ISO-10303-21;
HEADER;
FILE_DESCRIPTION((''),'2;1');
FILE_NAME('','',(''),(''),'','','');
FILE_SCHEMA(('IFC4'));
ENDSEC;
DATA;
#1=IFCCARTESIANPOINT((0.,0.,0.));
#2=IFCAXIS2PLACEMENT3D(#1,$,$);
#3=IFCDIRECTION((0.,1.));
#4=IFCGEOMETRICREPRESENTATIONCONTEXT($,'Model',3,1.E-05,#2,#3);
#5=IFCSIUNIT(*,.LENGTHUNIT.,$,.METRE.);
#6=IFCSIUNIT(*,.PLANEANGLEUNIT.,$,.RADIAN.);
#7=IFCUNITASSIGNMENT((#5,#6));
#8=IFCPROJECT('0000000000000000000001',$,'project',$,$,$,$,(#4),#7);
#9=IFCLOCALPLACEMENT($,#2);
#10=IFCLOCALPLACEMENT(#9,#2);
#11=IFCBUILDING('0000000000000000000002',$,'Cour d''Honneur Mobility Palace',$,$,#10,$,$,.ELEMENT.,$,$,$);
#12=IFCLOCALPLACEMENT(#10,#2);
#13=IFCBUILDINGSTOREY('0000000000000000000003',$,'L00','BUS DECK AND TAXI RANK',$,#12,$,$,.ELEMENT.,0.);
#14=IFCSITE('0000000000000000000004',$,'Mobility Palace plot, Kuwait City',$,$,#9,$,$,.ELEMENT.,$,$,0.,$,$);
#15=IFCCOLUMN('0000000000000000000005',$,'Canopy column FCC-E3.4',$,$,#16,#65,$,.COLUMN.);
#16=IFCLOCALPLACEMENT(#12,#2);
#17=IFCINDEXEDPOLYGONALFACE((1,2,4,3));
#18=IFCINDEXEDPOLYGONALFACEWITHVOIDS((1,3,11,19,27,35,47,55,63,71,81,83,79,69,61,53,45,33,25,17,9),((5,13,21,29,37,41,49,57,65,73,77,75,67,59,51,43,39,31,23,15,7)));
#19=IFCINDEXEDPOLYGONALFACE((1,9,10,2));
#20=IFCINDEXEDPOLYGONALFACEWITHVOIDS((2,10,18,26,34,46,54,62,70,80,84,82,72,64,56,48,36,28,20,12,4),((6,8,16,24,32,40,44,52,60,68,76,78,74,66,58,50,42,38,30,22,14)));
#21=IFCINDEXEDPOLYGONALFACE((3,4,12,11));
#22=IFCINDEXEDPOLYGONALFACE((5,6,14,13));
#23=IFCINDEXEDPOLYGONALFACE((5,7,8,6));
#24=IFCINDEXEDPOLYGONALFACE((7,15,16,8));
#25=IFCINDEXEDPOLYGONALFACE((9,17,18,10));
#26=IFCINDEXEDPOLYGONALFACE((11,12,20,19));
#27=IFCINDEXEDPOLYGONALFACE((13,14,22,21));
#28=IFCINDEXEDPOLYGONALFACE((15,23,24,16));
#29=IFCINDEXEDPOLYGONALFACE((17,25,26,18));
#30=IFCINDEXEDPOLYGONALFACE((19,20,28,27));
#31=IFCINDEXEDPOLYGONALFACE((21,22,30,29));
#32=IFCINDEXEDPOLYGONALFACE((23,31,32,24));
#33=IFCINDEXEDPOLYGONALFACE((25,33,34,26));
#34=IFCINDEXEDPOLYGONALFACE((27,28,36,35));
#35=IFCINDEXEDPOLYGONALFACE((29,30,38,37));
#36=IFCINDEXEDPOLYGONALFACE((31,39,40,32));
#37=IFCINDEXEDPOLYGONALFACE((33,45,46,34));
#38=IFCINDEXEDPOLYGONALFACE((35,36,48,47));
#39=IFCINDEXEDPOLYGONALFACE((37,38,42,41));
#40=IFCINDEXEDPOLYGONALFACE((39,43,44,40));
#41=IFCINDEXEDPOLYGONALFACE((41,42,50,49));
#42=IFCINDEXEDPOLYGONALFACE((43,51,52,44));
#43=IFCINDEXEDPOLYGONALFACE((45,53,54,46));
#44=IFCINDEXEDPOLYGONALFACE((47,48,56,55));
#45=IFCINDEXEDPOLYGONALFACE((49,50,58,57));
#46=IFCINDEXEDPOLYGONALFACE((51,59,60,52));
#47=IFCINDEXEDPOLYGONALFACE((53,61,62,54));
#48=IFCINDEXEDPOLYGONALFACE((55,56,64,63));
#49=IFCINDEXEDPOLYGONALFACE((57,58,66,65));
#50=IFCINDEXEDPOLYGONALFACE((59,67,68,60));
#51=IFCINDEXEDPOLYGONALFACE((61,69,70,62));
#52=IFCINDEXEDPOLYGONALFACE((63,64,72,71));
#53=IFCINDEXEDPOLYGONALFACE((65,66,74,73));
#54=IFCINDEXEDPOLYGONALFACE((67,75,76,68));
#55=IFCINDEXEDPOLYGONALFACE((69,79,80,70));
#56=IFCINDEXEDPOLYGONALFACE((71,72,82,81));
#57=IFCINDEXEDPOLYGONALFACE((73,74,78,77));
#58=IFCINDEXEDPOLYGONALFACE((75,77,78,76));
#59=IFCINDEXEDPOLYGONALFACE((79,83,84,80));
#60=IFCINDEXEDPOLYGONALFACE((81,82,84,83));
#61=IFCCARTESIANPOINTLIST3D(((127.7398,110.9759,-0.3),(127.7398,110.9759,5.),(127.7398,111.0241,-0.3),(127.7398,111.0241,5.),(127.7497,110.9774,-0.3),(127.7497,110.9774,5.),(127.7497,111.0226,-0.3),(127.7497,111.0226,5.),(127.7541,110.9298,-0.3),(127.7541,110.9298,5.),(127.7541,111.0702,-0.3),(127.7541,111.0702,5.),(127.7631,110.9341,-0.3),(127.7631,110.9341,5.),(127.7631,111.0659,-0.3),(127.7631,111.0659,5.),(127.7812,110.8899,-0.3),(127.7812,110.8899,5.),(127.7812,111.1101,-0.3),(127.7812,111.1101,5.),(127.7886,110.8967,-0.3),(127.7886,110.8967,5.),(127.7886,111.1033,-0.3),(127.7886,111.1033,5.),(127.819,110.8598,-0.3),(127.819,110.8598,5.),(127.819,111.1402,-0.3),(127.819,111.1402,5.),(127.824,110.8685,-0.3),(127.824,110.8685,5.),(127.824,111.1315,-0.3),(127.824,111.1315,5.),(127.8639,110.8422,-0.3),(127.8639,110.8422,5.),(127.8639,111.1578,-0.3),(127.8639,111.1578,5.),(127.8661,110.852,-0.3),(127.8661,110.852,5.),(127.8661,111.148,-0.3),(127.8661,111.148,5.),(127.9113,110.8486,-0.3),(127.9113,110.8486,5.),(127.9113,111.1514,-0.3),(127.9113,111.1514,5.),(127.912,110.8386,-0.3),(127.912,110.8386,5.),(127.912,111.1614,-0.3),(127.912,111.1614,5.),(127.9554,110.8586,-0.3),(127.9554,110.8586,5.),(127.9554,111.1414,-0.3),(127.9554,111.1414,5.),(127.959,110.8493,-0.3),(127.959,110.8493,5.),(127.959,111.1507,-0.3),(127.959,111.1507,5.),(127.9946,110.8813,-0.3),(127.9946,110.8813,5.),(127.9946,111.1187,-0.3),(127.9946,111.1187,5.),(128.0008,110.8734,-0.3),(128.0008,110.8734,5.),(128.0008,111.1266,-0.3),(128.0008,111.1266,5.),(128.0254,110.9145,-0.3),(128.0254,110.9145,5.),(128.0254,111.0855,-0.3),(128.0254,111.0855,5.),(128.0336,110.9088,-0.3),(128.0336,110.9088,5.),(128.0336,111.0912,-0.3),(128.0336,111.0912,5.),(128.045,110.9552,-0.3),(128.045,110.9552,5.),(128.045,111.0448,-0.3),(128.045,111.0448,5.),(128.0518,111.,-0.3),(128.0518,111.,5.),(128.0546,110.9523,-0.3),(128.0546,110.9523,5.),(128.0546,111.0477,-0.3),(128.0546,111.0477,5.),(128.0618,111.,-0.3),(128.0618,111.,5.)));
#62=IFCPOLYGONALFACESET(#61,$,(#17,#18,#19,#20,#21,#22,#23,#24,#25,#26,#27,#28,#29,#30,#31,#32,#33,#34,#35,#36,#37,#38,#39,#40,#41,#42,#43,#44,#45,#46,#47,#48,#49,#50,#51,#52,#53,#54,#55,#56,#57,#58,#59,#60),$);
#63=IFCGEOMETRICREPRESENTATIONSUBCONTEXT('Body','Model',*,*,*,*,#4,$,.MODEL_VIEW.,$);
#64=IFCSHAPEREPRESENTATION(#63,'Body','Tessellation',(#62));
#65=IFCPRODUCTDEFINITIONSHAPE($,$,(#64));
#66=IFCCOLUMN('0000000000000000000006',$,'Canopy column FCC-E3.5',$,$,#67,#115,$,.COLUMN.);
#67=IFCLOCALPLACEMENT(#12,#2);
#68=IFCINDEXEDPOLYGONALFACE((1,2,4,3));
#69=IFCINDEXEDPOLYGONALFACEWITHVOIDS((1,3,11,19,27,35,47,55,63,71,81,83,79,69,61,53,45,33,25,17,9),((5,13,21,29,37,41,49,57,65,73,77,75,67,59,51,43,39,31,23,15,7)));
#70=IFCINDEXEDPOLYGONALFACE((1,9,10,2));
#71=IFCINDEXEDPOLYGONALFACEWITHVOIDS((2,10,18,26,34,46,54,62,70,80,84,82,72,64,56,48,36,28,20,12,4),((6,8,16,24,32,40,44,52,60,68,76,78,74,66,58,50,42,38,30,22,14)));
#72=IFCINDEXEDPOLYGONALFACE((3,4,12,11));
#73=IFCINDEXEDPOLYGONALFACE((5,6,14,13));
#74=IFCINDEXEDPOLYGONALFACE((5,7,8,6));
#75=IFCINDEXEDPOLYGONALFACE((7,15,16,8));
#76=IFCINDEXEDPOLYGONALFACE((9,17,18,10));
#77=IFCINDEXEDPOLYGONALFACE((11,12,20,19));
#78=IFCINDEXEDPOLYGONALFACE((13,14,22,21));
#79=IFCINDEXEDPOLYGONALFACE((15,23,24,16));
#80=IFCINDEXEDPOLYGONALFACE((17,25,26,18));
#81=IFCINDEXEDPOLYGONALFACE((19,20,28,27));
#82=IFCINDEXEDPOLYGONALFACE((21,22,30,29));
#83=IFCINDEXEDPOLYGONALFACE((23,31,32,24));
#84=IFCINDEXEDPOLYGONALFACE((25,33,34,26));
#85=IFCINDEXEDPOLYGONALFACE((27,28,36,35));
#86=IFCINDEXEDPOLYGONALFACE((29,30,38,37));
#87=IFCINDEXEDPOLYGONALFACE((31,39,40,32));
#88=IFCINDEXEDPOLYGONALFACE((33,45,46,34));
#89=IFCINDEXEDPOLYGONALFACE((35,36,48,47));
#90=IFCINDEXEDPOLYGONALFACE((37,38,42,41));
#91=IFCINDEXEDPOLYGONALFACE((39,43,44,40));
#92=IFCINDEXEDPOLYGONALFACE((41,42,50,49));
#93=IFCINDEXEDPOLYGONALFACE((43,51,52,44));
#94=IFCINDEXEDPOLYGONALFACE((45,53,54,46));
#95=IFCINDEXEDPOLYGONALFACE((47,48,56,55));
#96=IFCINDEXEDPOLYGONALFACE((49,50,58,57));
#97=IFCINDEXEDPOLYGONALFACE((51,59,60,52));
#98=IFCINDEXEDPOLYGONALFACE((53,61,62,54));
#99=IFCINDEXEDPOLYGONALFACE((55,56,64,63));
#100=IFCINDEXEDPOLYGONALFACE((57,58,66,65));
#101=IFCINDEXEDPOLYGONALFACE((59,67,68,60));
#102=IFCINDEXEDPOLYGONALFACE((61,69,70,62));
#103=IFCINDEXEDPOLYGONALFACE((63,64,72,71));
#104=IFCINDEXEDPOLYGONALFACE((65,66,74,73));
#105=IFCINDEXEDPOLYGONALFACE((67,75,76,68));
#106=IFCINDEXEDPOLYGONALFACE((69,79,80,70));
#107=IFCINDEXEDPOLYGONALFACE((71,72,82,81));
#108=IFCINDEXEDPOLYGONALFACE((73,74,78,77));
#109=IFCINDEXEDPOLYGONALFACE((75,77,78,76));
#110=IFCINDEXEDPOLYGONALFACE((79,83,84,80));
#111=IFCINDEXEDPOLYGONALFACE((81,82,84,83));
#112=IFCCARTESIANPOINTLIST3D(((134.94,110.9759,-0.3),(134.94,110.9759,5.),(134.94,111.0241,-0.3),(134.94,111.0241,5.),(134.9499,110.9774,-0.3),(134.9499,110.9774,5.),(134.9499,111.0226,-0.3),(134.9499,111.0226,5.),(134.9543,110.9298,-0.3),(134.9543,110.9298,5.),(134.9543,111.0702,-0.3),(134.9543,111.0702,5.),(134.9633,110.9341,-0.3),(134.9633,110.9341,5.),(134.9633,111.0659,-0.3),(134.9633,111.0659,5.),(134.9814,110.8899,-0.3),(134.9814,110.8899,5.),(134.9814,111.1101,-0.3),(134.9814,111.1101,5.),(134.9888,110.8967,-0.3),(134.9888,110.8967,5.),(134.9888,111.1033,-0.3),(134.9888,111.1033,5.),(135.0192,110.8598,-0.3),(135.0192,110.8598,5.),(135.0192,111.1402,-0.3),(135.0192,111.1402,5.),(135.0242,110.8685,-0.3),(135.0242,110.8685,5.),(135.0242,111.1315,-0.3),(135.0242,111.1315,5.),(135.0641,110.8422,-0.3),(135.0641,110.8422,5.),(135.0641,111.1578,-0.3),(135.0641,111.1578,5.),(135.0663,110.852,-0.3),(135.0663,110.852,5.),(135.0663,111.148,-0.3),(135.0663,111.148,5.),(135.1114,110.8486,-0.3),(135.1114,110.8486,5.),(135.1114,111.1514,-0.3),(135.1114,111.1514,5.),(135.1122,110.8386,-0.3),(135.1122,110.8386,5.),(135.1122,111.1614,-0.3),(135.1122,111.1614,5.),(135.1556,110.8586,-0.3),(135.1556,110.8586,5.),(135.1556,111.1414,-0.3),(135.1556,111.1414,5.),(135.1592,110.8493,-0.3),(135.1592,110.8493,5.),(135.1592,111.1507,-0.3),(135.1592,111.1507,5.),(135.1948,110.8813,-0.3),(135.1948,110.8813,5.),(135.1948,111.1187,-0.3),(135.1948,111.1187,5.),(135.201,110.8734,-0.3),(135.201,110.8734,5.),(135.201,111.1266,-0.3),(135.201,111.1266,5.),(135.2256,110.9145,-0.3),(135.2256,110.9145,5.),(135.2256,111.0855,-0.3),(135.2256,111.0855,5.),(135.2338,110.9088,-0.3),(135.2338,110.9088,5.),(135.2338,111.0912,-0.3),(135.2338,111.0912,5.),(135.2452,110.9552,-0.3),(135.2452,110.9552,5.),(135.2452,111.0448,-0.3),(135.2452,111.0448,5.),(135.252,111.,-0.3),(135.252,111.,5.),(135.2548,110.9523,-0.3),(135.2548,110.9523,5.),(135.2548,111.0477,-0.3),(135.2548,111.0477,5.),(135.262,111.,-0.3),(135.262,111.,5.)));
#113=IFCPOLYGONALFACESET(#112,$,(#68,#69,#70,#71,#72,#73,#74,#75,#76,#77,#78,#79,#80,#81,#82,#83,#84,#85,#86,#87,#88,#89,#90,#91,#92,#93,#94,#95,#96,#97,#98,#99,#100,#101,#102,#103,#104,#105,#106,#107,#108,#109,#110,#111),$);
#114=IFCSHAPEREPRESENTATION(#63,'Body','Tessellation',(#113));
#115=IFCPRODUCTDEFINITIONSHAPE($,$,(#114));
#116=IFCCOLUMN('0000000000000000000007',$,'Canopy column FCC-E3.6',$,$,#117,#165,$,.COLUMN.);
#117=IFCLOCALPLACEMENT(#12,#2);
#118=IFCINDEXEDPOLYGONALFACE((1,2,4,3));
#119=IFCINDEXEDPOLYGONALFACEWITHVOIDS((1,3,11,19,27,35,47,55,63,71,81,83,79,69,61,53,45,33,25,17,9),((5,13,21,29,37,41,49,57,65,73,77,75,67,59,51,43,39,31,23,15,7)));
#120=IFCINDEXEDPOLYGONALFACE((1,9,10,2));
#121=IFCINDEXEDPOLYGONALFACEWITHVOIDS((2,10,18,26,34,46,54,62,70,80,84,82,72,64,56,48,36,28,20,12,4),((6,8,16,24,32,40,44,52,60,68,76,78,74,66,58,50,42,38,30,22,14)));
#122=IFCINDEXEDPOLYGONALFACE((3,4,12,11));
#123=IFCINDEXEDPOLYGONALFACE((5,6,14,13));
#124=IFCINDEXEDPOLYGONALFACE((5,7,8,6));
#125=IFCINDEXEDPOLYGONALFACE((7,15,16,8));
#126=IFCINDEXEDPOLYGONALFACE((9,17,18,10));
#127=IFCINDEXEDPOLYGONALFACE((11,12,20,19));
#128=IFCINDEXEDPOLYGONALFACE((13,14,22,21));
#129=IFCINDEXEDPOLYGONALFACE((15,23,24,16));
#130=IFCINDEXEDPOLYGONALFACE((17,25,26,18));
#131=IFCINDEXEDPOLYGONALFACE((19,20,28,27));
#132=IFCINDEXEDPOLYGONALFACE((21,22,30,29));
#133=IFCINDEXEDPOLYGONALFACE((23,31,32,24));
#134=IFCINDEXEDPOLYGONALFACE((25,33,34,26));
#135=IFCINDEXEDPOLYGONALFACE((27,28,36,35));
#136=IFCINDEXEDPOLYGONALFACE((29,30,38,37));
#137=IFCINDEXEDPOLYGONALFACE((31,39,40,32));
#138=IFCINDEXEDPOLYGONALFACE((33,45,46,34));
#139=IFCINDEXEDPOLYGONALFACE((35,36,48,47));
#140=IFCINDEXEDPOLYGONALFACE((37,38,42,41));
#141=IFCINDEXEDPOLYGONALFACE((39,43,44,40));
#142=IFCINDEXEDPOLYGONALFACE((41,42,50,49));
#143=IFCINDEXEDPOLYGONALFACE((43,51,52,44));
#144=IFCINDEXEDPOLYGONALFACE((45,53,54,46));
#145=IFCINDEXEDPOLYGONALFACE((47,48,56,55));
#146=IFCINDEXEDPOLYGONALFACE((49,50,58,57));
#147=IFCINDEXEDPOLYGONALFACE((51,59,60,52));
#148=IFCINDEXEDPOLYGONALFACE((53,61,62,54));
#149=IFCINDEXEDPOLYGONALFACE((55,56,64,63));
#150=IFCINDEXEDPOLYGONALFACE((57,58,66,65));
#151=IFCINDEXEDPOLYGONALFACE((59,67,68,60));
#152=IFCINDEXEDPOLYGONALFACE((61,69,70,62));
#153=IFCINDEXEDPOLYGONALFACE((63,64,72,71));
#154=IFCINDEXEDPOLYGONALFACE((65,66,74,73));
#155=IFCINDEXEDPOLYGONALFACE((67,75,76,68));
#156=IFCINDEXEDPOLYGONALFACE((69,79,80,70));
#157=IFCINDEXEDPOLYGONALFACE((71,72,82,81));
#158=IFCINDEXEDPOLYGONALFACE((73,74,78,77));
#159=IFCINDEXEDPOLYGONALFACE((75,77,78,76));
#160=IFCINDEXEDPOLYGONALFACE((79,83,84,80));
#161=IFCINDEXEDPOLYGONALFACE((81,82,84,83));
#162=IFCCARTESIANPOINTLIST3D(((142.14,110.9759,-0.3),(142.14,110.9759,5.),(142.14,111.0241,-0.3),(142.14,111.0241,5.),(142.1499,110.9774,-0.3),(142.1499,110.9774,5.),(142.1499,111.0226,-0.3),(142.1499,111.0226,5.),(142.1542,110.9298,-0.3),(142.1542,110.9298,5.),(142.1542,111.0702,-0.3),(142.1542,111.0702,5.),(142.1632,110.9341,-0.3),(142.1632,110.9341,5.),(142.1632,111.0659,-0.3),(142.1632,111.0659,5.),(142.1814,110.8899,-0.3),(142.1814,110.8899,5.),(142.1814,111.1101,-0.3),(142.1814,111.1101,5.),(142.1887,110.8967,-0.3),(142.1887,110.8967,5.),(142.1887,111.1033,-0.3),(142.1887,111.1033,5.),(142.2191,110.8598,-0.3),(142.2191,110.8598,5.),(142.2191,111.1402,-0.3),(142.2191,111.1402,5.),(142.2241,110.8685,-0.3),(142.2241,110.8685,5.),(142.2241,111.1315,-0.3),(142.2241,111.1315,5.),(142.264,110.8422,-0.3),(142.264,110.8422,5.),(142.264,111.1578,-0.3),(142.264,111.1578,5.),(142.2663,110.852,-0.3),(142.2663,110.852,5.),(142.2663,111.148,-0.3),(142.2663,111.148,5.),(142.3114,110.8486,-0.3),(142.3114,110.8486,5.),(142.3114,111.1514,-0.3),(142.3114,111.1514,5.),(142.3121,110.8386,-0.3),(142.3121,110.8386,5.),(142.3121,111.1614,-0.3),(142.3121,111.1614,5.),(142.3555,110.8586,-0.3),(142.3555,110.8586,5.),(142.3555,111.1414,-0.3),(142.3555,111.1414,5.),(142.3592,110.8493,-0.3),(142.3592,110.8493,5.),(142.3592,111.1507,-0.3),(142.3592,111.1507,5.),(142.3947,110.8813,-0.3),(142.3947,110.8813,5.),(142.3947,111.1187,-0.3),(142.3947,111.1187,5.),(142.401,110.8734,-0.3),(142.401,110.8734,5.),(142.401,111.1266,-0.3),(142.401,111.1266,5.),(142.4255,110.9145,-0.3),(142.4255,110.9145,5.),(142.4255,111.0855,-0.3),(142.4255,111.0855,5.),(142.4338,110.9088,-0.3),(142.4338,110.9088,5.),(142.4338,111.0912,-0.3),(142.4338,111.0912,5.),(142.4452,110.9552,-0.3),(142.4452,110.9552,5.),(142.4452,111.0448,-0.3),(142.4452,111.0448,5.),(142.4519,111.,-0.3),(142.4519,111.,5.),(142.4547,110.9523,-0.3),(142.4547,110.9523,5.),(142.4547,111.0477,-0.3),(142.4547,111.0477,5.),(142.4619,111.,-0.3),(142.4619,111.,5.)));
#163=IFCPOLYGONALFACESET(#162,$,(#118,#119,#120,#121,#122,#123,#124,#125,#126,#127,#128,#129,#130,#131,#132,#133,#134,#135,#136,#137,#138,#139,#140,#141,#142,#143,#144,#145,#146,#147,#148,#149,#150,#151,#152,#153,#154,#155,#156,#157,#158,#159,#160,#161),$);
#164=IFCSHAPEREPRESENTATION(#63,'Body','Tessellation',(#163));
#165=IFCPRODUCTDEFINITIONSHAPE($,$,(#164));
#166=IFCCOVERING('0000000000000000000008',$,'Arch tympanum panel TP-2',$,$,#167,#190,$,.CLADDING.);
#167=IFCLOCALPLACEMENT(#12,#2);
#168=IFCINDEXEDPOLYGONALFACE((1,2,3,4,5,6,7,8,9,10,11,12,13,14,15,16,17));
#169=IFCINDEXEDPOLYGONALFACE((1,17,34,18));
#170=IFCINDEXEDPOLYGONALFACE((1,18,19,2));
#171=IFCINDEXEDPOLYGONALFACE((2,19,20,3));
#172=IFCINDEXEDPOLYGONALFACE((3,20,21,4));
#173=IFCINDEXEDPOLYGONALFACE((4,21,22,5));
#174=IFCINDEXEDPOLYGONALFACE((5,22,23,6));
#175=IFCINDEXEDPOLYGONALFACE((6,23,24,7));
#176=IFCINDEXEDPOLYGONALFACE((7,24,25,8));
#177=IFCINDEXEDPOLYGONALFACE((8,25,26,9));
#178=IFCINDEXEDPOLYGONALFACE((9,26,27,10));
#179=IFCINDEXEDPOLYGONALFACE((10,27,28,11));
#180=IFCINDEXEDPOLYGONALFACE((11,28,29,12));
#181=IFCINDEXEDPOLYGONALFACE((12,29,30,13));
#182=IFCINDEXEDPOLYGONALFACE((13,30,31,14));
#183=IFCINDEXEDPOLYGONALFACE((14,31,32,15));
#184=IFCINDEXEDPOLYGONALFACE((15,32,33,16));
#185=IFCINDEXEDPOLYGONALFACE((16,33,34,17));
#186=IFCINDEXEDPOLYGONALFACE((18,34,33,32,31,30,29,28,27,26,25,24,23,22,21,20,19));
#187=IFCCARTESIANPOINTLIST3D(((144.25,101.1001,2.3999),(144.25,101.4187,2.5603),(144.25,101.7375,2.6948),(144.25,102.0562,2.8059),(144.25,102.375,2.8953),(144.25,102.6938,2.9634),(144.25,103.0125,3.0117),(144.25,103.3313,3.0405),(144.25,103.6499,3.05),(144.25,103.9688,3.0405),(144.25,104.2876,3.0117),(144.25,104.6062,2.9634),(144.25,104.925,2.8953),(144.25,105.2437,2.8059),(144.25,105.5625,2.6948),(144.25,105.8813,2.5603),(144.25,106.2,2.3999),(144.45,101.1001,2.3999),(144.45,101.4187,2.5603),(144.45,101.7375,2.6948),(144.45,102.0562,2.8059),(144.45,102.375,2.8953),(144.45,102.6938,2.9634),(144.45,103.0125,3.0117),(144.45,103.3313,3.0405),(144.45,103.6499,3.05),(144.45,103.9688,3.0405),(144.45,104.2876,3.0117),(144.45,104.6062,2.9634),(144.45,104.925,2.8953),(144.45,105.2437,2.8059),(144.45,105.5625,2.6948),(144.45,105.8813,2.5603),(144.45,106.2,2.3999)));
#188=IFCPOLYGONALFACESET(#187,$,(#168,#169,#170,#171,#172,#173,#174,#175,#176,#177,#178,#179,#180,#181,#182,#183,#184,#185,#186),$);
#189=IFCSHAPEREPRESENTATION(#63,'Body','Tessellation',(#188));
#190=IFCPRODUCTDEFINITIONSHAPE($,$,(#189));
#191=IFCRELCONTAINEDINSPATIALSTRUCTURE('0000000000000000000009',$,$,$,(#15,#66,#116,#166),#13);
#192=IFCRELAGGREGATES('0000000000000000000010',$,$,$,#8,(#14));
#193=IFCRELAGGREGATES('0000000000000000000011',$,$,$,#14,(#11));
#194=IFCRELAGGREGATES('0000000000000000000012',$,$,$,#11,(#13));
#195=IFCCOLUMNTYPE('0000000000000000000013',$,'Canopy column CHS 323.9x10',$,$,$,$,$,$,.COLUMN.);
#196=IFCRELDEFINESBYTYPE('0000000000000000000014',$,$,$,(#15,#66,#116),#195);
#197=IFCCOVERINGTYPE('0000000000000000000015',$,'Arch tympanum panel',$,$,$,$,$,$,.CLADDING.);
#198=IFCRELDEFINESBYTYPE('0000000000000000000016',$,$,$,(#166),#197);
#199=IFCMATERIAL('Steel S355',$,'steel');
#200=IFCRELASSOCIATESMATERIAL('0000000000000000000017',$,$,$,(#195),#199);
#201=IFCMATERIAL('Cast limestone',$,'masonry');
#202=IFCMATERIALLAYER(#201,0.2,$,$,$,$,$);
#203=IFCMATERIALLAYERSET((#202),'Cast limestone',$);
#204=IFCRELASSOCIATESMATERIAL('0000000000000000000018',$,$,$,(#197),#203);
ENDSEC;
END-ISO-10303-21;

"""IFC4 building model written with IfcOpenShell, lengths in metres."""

from ifc_helpers import new_model, si_unit, direction, frame, origin, origin_2d, place, context, subcontext, project, spatial, polyline, hollow_circle, outline, extrude, material, layer, layer_set, material_profile, profile_set, type_object, element, save


model = new_model("IFC4")

# Units and contexts
model_context = context("Model", 3, precision=1e-05, world=origin(), true_north=direction((0.0, 1.0)))
body_context = subcontext(model_context, "Body", "Model", "MODEL_VIEW")
ifc_project = project(units=[si_unit("LENGTHUNIT", "METRE"), si_unit("PLANEANGLEUNIT", "RADIAN")], contexts=[model_context])

# Site, building, storey
site_placement = place(None, origin())
site = spatial("IfcSite", under=ifc_project, at=site_placement, Name="Mobility Palace plot, Kuwait City", CompositionType="ELEMENT", RefElevation=0.0)
building_placement = place(site_placement, origin())
building = spatial("IfcBuilding", under=site, at=building_placement, Name="Cour d'Honneur Mobility Palace", CompositionType="ELEMENT")
storey_placement = place(building_placement, origin())
storey = spatial("IfcBuildingStorey", under=building, at=storey_placement, Name="L00", Description="BUS DECK AND TAXI RANK", CompositionType="ELEMENT", Elevation=0.0)

# Columns
ifc_material_1 = material(Name="Steel S355", Category="steel")
ifc_material_profile_1 = material_profile(ifc_material_1, hollow_circle(Radius=0.1619, WallThickness=0.01, at=origin_2d()), Name="CHS 323.9x10")
ifc_profile_set_1 = profile_set([ifc_material_profile_1], Name="Steel S355")
column_type = type_object("IfcColumnType", Name="Canopy column CHS 323.9x10", PredefinedType="COLUMN", material=ifc_profile_set_1)
for number, where, z_axis, x_axis, name in (
    (1, (127.8999, 111.0, -0.3), (0.0, 0.0, 1.0), (1.0, 0.0, 0.0), "Canopy column FCC-E3.4"),
    (2, (135.1001, 111.0, -0.3), (0.0, 0.0, 1.0), (1.0, 0.0, 0.0), "Canopy column FCC-E3.5"),
    (3, (142.3, 111.0, -0.3), (0.0, 0.0, 1.0), (1.0, 0.0, 0.0), "Canopy column FCC-E3.6"),
):
    element("IfcColumn", number, at=place(storey_placement, frame(where, z_axis=z_axis, x_axis=x_axis)), inside=storey, type_object=column_type, Name=name, PredefinedType="COLUMN", context=body_context, shape_type="SweptSolid", body=[
        extrude(hollow_circle(Radius=0.1619, WallThickness=0.01, at=origin_2d()), origin(), (0.0, 0.0, 1.0), 5.3),
    ])

# Covering
ifc_material_2 = material(Name="Cast limestone", Category="masonry")
ifc_layer_1 = layer(ifc_material_2, 0.2)
ifc_layer_set_1 = layer_set([ifc_layer_1], Name="Cast limestone")
covering_type_1 = type_object("IfcCoveringType", Name="Arch tympanum panel", PredefinedType="CLADDING", material=ifc_layer_set_1)
for number, where, z_axis, x_axis, name in (
    (4, (144.25, 106.2, 2.3999), (-1.0, 0.0, 0.0), (0.0, -1.0, 0.0), "Arch tympanum panel TP-2"),
):
    element("IfcCovering", number, at=place(storey_placement, frame(where, z_axis=z_axis, x_axis=x_axis)), inside=storey, type_object=covering_type_1, Name=name, PredefinedType="CLADDING", context=body_context, shape_type="SweptSolid", body=[
        extrude(outline(polyline([(0.0, 0.0), (5.0999, 0.0), (5.0999, 0.0), (4.7812, 0.1604), (4.4624, 0.2949), (4.1438, 0.406), (3.825, 0.4954), (3.5061, 0.5635), (3.1875, 0.6118), (2.8687, 0.6406), (2.55, 0.6501), (2.2312, 0.6406), (1.9124, 0.6118), (1.5938, 0.5635), (1.2749, 0.4954), (0.9563, 0.406), (0.6375, 0.2949), (0.3186, 0.1604), (0.0, 0.0), (0.0, 0.0)])), origin(), (0.0, 0.0, -1.0), 0.2),
    ])

save(model, "model.ifc")
